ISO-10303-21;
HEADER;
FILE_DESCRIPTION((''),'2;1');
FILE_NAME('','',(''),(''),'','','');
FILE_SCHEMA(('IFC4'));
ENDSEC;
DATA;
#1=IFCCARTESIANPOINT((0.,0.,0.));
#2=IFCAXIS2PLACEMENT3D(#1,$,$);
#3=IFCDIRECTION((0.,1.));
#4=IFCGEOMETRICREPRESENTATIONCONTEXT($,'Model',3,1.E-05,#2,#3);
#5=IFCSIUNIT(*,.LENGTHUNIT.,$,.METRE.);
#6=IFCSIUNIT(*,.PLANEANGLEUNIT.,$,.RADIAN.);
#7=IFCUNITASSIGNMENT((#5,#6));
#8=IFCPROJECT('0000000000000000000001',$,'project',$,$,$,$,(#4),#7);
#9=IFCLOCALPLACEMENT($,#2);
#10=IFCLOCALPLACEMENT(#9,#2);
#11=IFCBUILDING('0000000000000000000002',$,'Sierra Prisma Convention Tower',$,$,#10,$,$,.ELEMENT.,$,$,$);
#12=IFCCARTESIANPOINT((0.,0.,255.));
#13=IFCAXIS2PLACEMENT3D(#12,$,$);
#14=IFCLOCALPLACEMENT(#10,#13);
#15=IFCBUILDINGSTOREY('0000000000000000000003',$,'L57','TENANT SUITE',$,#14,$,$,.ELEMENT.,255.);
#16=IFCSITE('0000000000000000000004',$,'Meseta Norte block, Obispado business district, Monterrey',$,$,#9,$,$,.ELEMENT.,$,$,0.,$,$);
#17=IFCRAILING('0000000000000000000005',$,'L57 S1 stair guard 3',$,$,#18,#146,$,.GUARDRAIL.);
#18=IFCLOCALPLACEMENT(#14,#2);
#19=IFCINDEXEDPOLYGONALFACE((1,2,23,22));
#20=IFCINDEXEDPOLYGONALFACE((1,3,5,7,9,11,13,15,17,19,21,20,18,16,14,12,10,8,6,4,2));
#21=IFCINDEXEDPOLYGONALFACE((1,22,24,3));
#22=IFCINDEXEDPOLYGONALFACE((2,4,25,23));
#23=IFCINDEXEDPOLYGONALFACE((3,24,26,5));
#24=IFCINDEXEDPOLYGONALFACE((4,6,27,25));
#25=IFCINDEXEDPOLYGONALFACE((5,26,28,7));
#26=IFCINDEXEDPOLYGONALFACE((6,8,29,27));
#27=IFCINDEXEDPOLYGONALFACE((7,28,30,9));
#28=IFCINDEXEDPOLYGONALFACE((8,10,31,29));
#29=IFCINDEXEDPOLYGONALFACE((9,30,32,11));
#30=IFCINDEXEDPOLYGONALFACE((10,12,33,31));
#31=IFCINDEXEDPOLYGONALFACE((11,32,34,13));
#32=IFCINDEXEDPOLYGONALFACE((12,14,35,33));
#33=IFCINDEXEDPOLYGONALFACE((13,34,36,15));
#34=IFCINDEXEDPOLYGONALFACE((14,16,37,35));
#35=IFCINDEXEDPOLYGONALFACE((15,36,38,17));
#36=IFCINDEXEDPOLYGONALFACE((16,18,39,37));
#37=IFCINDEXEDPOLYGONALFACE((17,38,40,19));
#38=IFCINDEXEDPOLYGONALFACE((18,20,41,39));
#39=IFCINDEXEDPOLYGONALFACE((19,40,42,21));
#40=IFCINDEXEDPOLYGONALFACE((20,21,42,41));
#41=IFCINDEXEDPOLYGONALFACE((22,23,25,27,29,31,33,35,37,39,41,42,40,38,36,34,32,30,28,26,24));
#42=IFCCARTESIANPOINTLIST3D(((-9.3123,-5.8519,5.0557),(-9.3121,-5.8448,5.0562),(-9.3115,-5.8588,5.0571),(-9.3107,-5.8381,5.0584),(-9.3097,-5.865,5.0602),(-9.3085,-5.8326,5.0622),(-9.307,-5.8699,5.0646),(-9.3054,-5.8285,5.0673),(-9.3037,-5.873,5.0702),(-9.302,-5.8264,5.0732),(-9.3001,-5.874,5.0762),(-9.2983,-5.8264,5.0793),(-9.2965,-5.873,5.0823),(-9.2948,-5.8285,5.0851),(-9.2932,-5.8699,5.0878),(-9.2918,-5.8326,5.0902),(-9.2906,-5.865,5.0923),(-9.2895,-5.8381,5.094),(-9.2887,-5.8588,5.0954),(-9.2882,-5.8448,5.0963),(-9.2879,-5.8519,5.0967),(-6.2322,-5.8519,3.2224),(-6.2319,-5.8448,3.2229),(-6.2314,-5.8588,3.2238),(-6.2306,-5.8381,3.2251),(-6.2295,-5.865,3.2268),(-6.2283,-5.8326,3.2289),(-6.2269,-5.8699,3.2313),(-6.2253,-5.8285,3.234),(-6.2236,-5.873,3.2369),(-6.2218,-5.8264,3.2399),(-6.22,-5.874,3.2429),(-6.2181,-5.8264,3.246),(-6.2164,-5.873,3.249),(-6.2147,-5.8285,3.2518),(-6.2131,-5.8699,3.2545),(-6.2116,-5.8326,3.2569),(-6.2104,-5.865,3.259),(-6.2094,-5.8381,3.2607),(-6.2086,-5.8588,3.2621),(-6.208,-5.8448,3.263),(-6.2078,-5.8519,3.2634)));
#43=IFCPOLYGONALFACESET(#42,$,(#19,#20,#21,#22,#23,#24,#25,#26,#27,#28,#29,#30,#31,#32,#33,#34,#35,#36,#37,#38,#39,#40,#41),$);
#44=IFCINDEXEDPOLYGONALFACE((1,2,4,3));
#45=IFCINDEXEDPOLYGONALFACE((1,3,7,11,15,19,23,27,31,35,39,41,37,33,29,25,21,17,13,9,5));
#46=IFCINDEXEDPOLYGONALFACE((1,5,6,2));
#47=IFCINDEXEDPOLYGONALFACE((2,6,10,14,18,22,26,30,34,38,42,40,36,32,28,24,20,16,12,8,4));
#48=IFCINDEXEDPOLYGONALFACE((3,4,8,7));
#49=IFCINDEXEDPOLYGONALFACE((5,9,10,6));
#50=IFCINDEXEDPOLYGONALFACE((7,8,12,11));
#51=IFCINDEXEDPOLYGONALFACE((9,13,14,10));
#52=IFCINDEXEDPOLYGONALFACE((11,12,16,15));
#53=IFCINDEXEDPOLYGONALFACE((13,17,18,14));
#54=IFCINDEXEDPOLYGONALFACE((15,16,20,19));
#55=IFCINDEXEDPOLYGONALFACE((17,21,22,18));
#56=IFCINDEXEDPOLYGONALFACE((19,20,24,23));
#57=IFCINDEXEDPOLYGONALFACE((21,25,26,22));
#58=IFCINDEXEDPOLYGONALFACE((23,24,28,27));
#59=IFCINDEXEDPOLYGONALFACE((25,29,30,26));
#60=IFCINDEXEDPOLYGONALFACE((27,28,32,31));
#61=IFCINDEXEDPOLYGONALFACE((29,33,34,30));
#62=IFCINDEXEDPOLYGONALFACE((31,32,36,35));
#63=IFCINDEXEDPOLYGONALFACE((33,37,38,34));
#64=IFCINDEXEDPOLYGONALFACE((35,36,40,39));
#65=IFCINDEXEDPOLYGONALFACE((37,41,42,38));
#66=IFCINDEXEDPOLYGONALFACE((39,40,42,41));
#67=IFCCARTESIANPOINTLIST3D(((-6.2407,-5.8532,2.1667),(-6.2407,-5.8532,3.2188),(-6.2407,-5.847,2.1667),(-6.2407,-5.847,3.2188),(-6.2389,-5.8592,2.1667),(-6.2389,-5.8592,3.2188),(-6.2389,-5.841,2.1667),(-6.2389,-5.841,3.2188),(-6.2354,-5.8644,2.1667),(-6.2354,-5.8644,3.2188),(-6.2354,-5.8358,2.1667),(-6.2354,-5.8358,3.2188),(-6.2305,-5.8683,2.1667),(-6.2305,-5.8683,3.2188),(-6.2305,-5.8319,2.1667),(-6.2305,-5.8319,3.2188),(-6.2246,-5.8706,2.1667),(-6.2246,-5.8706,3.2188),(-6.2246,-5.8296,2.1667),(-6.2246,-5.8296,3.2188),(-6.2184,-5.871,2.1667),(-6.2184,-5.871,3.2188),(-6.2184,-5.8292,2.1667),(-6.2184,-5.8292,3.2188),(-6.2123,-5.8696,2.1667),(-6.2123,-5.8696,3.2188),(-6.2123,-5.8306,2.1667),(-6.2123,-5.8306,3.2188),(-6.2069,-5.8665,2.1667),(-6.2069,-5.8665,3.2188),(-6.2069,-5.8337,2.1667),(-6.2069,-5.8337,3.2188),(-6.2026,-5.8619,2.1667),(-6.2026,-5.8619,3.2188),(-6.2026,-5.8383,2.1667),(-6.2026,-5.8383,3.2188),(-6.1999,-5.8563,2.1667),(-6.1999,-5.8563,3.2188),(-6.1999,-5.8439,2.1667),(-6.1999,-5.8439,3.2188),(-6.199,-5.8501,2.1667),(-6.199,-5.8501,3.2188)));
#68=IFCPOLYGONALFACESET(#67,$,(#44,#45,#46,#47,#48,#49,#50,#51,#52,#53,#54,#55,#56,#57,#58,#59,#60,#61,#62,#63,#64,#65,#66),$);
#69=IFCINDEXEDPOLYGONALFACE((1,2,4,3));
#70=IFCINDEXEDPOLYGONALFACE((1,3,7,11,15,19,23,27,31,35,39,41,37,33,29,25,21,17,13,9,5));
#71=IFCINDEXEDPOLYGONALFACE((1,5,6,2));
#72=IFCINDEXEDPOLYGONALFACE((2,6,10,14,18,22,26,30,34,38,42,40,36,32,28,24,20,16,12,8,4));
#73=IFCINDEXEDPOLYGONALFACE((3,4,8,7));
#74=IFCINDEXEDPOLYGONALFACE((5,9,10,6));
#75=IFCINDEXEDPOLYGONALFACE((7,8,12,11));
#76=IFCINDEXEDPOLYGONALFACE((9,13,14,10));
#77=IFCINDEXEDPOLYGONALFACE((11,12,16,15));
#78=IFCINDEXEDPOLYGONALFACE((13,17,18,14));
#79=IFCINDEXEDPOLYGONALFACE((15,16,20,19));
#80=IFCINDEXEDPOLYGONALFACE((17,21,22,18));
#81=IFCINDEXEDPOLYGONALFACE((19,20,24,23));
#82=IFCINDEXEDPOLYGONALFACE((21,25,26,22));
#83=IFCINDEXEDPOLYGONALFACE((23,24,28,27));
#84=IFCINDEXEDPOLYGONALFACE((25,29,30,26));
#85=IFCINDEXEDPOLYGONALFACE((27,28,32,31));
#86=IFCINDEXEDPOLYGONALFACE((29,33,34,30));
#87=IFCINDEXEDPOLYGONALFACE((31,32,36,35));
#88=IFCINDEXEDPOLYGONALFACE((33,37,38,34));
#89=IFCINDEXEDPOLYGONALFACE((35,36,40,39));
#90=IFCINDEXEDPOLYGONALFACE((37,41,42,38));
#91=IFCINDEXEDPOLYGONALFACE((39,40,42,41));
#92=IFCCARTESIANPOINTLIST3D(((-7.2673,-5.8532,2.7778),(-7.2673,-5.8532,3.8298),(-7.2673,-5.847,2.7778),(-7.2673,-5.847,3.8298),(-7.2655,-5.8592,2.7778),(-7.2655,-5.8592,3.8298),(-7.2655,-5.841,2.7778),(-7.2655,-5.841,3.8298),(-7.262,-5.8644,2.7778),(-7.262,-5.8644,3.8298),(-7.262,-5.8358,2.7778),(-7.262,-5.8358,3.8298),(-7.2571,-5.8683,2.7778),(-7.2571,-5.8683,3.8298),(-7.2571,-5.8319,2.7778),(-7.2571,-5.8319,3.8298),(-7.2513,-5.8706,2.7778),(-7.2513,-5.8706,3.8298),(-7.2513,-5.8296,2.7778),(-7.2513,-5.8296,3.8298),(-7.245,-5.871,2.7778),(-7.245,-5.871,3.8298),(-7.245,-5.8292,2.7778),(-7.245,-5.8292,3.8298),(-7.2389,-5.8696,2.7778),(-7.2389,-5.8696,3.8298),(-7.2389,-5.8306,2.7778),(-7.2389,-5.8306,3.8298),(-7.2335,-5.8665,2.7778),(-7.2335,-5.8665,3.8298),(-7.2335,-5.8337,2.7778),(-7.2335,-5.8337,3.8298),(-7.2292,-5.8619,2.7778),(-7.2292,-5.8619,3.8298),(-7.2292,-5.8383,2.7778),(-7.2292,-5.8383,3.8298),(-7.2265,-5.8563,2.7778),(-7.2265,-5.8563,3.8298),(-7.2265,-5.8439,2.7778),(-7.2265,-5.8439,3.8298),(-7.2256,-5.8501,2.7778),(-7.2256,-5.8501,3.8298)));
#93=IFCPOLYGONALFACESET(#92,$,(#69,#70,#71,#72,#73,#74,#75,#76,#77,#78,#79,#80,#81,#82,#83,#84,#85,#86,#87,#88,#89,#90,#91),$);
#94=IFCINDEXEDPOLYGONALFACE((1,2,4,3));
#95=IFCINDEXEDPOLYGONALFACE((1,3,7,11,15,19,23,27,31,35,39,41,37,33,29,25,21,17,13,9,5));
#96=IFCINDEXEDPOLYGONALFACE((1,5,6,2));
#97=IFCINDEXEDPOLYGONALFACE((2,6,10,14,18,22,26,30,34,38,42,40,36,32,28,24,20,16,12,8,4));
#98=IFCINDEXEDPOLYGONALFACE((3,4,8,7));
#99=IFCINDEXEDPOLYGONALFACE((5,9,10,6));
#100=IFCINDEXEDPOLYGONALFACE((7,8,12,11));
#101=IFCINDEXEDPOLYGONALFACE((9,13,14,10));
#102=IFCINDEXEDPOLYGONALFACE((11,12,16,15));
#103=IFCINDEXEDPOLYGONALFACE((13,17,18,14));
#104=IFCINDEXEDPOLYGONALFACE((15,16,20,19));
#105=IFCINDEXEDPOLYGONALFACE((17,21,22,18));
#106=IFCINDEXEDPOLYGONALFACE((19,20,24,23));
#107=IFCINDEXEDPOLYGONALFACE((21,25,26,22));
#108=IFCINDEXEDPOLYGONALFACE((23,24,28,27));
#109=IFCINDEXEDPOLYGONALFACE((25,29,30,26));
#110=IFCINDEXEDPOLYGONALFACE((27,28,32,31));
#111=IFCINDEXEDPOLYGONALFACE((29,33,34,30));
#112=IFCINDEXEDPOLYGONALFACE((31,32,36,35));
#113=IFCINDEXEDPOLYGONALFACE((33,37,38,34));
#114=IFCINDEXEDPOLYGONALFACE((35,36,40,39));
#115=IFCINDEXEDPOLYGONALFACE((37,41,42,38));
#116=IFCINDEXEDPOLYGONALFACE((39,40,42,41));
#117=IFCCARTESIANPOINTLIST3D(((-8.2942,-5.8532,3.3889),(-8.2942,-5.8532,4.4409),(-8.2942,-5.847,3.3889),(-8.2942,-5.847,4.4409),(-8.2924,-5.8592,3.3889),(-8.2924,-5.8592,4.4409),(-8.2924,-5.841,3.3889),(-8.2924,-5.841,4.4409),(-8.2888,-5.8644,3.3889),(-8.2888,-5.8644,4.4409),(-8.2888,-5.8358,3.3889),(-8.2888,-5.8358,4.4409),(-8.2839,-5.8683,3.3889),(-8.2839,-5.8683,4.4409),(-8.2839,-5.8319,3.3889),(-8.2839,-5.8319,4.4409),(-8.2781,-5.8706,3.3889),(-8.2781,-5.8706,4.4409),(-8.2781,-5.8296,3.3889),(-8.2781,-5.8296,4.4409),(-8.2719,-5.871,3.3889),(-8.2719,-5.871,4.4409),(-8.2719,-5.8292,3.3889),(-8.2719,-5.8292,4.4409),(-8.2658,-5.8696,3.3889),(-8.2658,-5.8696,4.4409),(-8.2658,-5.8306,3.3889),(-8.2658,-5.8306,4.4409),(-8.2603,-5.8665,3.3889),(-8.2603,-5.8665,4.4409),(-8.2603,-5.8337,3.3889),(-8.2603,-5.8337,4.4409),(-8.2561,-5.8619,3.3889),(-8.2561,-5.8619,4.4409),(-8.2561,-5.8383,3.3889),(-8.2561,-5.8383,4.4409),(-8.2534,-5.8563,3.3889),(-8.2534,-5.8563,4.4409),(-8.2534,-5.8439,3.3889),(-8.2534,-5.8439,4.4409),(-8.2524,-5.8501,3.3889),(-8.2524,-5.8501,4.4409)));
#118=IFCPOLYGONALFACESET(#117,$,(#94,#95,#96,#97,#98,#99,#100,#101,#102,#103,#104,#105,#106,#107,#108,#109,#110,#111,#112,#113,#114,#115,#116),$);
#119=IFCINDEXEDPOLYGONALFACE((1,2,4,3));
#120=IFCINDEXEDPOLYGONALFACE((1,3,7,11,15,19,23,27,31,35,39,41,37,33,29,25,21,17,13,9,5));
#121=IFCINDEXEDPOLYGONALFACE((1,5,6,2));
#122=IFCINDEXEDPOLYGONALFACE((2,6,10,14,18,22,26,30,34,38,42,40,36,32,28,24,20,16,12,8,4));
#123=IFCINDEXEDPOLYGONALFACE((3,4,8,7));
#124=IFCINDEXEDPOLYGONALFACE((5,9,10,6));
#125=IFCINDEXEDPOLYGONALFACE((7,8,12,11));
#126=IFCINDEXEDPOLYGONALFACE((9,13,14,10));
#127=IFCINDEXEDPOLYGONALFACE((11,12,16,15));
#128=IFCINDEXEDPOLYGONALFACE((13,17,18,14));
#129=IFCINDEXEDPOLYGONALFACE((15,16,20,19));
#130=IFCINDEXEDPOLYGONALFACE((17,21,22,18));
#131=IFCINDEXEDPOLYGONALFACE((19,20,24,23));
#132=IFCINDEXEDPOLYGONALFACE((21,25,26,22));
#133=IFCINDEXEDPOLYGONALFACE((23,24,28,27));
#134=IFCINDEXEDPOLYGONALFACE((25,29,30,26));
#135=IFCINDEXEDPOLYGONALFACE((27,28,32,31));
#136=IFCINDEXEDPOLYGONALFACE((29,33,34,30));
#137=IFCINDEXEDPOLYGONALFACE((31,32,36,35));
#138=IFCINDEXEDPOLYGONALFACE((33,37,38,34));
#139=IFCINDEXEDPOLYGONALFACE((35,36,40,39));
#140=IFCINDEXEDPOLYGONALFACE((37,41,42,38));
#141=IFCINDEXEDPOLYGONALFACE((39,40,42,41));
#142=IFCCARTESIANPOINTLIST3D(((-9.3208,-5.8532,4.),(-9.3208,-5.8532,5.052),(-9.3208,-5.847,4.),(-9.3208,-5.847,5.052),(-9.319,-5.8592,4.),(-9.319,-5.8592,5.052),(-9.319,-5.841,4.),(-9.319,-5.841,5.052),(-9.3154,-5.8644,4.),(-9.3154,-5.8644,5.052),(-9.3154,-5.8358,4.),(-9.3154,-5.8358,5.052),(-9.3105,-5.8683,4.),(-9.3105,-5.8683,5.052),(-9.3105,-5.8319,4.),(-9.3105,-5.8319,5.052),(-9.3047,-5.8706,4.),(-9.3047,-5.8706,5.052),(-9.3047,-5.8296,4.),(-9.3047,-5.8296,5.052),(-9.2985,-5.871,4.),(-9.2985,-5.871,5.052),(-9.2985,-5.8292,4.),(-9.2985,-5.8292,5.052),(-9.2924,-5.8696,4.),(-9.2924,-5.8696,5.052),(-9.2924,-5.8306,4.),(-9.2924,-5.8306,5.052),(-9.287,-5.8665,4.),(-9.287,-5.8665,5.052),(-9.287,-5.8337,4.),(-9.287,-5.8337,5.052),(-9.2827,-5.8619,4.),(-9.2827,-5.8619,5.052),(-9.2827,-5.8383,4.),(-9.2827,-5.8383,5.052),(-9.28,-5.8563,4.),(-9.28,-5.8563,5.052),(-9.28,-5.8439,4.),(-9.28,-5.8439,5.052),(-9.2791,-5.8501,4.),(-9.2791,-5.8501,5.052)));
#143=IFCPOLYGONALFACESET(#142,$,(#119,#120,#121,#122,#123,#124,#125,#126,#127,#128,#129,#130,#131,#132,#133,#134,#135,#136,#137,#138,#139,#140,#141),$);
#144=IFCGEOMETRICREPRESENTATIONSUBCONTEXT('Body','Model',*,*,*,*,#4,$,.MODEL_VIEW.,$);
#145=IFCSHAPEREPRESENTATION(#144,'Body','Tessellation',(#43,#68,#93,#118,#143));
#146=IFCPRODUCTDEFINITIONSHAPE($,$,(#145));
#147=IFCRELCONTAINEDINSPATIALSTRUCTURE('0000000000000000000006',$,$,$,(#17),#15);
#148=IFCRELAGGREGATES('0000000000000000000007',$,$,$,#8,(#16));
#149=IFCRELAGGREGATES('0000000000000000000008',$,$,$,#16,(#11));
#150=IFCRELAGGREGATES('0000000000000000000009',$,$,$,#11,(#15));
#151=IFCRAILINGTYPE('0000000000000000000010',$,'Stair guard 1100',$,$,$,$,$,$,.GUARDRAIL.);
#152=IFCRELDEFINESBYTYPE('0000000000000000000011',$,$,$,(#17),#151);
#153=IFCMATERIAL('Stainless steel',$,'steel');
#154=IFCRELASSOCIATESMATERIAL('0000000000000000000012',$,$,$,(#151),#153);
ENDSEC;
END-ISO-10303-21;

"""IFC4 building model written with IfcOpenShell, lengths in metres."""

from ifc_helpers import new_model, si_unit, direction, frame, origin, origin_2d, place, context, subcontext, project, spatial, circle, extrude, material, type_object, element, save


model = new_model("IFC4")

# Units and contexts
model_context = context("Model", 3, precision=1e-05, world=origin(), true_north=direction((0.0, 1.0)))
body_context = subcontext(model_context, "Body", "Model", "MODEL_VIEW")
ifc_project = project(units=[si_unit("LENGTHUNIT", "METRE"), si_unit("PLANEANGLEUNIT", "RADIAN")], contexts=[model_context])

# Site, building, storey
site_placement = place(None, origin())
site = spatial("IfcSite", under=ifc_project, at=site_placement, Name="Meseta Norte block, Obispado business district, Monterrey", CompositionType="ELEMENT", RefElevation=0.0)
building_placement = place(site_placement, origin())
building = spatial("IfcBuilding", under=site, at=building_placement, Name="Sierra Prisma Convention Tower", CompositionType="ELEMENT")
storey_placement = place(building_placement, frame((0.0, 0.0, 255.0)))
storey = spatial("IfcBuildingStorey", under=building, at=storey_placement, Name="L57", Description="TENANT SUITE", CompositionType="ELEMENT", Elevation=255.0)

# Railing
ifc_material_1 = material(Name="Stainless steel", Category="steel")
railing_type_1 = type_object("IfcRailingType", Name="Stair guard 1100", PredefinedType="GUARDRAIL", material=ifc_material_1)
railing_1_placement = place(storey_placement, frame((-6.22, -5.8501, 2.1667)))
element("IfcRailing", 1, at=railing_1_placement, inside=storey, type_object=railing_type_1, Name="L57 S1 stair guard 3", PredefinedType="GUARDRAIL", context=body_context, shape_type="SweptSolid", body=[
    extrude(circle(Radius=0.0239, at=origin_2d()), frame((0.0, 0.0, 1.0762), z_axis=(-0.859309, 0.0, 0.511458), x_axis=(0.0, -1.0, 0.0)), (0.0, 0.0, 1.0), 3.5845),
    extrude(circle(Radius=0.021, at=origin_2d()), origin(), (0.0, 0.0, 1.0), 1.052),
    extrude(circle(Radius=0.021, at=origin_2d()), frame((-1.0266, 0.0, 0.6111)), (0.0, 0.0, 1.0), 1.052),
    extrude(circle(Radius=0.021, at=origin_2d()), frame((-2.0535, 0.0, 1.2222)), (0.0, 0.0, 1.0), 1.052),
    extrude(circle(Radius=0.021, at=origin_2d()), frame((-3.0801, 0.0, 1.8333)), (0.0, 0.0, 1.0), 1.052),
])

save(model, "model.ifc")
